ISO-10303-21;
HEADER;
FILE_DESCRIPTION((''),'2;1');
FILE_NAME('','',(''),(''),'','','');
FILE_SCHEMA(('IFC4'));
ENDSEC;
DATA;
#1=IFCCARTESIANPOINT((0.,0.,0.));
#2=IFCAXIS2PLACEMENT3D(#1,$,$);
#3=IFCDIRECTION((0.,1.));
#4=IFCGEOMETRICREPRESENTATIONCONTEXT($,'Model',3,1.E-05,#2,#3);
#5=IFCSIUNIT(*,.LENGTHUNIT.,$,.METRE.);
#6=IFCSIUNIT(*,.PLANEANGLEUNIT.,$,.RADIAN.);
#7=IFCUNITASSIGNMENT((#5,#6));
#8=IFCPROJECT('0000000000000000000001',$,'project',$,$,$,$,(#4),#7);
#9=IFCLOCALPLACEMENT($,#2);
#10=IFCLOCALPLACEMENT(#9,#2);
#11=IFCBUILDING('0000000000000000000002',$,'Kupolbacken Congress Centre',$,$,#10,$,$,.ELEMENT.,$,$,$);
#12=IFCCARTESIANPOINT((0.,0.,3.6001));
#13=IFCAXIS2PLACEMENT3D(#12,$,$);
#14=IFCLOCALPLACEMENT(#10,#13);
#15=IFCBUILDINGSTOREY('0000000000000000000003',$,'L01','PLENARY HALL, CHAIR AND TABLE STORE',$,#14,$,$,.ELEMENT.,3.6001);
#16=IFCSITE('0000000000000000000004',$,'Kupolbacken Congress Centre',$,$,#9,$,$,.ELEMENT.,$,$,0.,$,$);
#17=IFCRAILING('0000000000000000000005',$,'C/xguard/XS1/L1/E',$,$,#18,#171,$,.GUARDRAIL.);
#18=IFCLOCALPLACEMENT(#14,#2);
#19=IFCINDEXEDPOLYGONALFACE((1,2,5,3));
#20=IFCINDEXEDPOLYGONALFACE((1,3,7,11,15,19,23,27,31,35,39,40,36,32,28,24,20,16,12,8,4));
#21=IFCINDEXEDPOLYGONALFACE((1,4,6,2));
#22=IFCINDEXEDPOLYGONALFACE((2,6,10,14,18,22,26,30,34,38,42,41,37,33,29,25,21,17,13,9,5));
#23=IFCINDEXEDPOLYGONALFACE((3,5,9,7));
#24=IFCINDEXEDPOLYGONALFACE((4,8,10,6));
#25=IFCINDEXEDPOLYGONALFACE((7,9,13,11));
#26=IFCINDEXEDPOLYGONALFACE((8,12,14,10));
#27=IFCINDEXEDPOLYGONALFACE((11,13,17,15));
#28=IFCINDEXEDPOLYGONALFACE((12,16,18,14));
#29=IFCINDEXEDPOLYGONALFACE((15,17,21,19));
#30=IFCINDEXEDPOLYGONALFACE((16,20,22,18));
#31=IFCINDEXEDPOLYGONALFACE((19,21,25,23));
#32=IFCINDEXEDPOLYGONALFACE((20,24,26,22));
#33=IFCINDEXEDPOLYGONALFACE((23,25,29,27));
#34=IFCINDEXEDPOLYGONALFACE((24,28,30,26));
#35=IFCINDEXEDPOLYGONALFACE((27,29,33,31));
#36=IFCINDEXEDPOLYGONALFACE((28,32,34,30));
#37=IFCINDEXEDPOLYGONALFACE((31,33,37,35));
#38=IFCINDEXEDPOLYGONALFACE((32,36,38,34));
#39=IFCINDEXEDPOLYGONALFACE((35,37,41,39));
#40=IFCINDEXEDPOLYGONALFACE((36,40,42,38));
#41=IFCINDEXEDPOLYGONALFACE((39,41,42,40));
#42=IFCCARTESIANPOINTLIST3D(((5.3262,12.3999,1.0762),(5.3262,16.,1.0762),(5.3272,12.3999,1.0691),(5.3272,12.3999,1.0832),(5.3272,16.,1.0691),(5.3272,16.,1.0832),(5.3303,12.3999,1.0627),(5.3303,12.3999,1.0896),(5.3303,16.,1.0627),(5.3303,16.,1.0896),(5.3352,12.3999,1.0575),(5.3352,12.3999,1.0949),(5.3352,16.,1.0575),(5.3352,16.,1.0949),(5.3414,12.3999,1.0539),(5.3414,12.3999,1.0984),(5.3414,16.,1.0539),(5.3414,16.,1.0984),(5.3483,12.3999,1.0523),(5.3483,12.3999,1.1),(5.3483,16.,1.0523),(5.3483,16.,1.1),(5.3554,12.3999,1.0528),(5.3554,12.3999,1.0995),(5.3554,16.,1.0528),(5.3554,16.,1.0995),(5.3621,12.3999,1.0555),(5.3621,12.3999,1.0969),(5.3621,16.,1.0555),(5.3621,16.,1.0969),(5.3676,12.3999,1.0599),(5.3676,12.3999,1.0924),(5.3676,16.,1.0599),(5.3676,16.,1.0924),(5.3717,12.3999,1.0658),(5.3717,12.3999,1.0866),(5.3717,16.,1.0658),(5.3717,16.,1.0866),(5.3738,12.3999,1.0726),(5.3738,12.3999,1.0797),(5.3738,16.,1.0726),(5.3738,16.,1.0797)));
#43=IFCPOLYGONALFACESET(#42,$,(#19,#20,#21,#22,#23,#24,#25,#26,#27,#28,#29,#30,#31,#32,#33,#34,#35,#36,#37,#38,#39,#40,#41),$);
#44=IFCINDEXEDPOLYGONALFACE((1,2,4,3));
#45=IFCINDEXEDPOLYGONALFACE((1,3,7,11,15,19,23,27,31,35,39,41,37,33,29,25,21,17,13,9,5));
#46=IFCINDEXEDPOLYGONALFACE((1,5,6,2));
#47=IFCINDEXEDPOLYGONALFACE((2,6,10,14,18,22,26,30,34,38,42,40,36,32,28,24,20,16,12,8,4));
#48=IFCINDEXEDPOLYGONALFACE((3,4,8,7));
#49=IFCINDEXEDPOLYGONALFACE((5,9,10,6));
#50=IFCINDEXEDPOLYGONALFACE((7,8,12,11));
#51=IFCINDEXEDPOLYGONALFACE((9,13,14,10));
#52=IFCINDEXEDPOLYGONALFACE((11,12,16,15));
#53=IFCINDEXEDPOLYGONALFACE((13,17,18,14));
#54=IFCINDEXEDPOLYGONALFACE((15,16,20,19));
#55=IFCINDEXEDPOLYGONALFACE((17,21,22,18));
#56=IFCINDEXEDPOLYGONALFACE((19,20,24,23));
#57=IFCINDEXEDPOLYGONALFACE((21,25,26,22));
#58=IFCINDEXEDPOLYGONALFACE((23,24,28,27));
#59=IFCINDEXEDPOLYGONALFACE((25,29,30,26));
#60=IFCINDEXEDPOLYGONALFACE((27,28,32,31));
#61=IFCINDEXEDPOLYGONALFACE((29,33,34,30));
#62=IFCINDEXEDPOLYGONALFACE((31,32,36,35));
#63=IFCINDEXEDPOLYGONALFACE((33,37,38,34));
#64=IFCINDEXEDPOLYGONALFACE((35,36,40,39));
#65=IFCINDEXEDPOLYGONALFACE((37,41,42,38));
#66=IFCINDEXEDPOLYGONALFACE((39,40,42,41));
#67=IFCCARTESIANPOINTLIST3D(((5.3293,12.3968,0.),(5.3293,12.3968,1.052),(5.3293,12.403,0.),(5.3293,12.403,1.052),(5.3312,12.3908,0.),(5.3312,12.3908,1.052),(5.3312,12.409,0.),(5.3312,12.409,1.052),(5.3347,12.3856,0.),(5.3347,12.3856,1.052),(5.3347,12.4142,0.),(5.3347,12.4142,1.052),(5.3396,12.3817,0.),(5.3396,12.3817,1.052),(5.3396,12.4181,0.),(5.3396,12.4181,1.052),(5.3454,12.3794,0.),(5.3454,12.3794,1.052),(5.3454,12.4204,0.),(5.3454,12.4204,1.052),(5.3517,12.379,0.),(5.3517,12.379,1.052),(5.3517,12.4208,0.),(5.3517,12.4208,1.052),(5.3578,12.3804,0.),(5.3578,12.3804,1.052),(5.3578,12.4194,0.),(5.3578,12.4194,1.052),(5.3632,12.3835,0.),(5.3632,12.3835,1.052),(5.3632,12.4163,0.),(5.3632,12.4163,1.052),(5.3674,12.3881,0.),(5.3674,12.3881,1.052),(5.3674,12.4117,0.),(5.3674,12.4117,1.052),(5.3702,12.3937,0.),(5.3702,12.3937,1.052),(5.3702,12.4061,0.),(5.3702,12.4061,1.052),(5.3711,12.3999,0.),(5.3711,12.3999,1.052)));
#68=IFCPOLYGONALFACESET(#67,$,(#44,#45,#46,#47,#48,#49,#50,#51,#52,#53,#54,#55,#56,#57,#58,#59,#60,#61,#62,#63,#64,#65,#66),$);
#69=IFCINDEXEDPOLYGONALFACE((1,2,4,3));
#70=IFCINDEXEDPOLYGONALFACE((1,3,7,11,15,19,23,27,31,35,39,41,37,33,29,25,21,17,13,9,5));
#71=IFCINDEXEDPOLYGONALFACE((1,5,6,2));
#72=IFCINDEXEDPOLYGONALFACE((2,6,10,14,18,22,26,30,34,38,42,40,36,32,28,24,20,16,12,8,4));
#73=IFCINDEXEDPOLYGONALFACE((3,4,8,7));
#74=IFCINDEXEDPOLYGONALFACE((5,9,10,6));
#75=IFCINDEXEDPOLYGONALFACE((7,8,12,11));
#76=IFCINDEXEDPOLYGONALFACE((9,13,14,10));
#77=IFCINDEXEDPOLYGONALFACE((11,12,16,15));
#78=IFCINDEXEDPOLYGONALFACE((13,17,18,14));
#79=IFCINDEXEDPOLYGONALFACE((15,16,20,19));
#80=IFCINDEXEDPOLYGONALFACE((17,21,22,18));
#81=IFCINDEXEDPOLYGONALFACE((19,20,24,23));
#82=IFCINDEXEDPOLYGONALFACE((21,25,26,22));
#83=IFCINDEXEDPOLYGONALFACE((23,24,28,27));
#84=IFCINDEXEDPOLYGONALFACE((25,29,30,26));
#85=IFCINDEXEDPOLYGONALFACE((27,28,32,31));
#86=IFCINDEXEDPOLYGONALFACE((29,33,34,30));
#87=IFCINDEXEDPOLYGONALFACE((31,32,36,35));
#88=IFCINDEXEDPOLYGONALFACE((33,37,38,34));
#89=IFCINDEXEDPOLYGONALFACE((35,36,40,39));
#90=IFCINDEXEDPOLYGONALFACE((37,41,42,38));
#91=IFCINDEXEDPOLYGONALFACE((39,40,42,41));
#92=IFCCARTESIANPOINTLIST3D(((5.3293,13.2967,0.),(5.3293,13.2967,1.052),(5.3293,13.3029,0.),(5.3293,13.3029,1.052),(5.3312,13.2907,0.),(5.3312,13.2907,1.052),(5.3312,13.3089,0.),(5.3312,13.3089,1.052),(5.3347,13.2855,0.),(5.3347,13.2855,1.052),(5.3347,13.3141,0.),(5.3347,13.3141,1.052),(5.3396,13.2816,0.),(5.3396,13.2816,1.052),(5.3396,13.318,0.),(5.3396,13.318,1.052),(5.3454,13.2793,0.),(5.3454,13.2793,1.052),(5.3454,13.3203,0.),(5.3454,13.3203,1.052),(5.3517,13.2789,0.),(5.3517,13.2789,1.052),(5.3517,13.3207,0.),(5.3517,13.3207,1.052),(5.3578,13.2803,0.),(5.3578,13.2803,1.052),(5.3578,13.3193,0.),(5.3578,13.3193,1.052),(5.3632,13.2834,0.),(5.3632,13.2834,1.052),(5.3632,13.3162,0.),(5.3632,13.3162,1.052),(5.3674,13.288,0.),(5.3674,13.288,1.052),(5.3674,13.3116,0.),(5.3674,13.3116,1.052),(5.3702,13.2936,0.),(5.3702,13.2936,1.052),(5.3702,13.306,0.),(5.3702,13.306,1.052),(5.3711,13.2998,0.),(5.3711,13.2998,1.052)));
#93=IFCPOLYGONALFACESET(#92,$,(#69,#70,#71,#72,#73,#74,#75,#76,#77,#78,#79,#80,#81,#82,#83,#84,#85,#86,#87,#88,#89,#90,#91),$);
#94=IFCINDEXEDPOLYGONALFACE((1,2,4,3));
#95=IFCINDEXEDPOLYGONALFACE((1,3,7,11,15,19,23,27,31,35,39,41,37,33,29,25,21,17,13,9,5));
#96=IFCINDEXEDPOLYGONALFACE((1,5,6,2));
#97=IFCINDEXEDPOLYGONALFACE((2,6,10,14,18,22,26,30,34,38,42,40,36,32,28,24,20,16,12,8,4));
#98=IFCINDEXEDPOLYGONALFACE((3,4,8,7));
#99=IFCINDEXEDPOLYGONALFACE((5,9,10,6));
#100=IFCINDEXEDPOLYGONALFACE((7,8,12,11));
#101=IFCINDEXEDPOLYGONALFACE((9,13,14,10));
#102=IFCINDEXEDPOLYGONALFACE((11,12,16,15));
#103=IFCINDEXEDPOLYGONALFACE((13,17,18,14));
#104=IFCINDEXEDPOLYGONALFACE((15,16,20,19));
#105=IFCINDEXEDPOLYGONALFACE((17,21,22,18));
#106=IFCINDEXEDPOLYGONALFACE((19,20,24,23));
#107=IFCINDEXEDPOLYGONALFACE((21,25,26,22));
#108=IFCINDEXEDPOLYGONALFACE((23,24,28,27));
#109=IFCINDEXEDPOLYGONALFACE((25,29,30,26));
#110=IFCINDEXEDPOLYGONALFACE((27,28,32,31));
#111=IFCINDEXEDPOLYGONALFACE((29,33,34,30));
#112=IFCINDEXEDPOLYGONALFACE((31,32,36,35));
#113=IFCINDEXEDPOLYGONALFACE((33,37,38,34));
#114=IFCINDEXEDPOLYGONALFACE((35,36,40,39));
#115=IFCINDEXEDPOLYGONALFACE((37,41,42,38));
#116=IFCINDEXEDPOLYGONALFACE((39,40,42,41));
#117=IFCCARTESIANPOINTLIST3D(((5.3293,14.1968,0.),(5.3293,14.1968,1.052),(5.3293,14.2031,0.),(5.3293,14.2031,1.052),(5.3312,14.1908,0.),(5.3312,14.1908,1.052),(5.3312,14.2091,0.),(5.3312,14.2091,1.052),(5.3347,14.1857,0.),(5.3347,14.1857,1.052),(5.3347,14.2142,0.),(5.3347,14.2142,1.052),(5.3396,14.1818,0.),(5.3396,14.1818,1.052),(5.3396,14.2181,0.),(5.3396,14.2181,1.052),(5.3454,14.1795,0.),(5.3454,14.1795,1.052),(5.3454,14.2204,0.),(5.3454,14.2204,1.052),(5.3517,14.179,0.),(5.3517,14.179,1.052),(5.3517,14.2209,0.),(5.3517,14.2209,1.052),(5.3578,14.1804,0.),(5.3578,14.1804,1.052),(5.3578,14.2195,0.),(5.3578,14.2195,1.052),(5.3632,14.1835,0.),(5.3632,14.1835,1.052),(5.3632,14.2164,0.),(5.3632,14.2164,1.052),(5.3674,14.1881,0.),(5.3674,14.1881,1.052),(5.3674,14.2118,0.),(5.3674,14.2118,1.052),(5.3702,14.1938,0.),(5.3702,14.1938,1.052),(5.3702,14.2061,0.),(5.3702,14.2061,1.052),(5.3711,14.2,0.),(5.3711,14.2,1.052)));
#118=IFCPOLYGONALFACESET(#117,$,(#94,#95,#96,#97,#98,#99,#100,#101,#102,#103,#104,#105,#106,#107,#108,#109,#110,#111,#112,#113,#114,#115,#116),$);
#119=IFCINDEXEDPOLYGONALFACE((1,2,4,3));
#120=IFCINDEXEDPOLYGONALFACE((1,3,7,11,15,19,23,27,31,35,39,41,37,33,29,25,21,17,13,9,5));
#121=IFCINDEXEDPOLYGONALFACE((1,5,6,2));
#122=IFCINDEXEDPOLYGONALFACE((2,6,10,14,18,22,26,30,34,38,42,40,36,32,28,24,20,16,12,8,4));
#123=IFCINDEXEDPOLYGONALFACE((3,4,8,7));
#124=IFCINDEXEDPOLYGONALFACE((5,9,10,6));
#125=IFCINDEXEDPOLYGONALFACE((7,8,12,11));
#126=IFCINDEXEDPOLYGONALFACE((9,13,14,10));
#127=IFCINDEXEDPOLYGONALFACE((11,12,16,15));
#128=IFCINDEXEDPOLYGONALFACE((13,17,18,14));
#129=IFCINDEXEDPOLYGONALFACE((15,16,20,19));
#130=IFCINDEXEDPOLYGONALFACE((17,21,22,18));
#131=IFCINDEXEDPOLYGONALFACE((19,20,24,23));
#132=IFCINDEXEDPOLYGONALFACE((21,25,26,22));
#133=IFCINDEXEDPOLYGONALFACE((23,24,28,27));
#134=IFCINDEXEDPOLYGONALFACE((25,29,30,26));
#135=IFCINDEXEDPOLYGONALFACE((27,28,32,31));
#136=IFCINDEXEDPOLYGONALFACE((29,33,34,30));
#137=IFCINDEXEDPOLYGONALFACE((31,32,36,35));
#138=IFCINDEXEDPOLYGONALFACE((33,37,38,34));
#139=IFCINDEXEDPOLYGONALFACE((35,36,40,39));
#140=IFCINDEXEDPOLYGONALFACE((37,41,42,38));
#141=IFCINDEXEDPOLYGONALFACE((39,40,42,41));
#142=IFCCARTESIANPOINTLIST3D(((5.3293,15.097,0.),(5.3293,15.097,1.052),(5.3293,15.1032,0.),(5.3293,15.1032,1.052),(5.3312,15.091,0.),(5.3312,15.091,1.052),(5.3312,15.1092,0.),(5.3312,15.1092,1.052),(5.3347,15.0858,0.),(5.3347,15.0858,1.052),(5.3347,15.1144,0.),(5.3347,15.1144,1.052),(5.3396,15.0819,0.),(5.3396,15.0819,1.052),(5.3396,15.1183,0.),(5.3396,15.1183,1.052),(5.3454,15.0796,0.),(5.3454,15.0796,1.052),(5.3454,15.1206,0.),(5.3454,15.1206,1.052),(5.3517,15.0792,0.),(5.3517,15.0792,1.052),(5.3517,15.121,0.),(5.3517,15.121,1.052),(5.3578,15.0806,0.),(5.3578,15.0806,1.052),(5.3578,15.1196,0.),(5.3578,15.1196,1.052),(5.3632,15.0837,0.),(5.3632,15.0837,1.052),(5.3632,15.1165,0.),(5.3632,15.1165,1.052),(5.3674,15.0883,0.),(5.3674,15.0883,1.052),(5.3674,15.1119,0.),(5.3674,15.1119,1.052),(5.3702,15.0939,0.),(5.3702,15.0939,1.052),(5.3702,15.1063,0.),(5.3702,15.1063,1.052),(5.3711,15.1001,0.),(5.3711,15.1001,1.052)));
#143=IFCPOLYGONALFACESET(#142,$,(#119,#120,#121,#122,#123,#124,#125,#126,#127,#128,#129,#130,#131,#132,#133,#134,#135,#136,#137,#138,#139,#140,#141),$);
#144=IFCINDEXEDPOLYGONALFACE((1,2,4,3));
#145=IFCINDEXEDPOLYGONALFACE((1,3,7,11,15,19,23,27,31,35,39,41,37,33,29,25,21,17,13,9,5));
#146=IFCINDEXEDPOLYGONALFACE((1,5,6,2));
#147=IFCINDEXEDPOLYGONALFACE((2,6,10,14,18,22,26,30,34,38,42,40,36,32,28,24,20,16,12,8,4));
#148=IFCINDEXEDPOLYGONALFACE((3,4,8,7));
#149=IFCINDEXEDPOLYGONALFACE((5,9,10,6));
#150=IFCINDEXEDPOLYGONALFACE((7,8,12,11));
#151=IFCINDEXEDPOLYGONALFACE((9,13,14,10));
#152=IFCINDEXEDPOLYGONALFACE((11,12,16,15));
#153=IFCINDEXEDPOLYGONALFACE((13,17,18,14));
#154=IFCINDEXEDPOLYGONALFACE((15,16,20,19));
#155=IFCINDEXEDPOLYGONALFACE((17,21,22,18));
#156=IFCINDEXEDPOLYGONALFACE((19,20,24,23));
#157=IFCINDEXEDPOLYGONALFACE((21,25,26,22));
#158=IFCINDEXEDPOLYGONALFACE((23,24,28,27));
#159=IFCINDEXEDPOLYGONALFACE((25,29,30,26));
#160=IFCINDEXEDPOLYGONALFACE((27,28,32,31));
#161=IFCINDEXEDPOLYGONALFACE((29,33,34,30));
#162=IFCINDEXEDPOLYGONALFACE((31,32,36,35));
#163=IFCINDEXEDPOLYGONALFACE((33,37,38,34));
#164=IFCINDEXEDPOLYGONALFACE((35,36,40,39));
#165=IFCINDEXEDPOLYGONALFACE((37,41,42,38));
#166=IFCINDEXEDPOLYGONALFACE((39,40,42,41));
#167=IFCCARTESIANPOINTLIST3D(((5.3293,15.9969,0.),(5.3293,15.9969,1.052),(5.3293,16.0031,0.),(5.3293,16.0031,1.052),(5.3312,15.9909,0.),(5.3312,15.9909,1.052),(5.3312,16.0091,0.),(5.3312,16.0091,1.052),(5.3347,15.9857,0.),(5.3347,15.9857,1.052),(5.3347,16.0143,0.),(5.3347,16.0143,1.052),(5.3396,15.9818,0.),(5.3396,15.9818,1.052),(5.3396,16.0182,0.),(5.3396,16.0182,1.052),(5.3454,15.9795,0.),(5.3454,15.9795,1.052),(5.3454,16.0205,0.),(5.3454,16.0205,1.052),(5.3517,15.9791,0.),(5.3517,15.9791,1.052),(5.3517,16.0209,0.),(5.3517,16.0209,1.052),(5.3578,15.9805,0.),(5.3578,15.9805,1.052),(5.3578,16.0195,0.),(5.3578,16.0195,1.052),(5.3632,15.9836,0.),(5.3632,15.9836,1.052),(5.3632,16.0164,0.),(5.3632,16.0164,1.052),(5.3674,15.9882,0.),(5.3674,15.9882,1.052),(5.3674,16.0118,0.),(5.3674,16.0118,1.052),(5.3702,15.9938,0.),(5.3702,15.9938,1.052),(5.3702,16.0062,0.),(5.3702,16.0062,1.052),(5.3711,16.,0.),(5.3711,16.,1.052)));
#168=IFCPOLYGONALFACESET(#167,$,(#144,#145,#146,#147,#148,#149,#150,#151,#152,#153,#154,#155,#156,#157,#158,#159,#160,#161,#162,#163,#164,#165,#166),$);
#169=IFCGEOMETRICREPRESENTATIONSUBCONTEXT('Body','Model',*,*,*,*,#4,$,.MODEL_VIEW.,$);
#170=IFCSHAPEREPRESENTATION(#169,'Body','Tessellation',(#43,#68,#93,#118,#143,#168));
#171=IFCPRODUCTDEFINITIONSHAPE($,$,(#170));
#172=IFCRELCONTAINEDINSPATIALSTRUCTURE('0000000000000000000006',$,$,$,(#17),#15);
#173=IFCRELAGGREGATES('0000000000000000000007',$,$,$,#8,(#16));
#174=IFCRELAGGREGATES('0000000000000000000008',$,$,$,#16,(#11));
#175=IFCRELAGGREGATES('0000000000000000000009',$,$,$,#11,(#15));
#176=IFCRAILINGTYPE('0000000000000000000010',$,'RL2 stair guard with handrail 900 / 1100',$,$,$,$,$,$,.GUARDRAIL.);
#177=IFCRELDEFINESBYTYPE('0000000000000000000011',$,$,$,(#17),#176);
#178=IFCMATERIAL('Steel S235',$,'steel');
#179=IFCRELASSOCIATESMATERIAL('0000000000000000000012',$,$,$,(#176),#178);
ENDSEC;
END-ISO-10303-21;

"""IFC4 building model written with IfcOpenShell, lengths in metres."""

from ifc_helpers import new_model, si_unit, direction, frame, origin, origin_2d, place, context, subcontext, project, spatial, circle, extrude, material, type_object, element, save


model = new_model("IFC4")

# Units and contexts
model_context = context("Model", 3, precision=1e-05, world=origin(), true_north=direction((0.0, 1.0)))
body_context = subcontext(model_context, "Body", "Model", "MODEL_VIEW")
ifc_project = project(units=[si_unit("LENGTHUNIT", "METRE"), si_unit("PLANEANGLEUNIT", "RADIAN")], contexts=[model_context])

# Site, building, storey
site_placement = place(None, origin())
site = spatial("IfcSite", under=ifc_project, at=site_placement, Name="Kupolbacken Congress Centre", CompositionType="ELEMENT", RefElevation=0.0)
building_placement = place(site_placement, origin())
building = spatial("IfcBuilding", under=site, at=building_placement, Name="Kupolbacken Congress Centre", CompositionType="ELEMENT")
storey_placement = place(building_placement, frame((0.0, 0.0, 3.6001)))
storey = spatial("IfcBuildingStorey", under=building, at=storey_placement, Name="L01", Description="PLENARY HALL, CHAIR AND TABLE STORE", CompositionType="ELEMENT", Elevation=3.6001)

# Railing
ifc_material_1 = material(Name="Steel S235", Category="steel")
railing_type = type_object("IfcRailingType", Name="RL2 stair guard with handrail 900 / 1100", PredefinedType="GUARDRAIL", material=ifc_material_1)
for number, where, name in (
    (1, (5.3501, 12.3999, 0.0), "C/xguard/XS1/L1/E"),
):
    element("IfcRailing", number, at=place(storey_placement, frame(where)), inside=storey, type_object=railing_type, Name=name, PredefinedType="GUARDRAIL", context=body_context, shape_type="SweptSolid", body=[
        extrude(circle(Radius=0.0239, at=origin_2d()), frame((0.0, 0.0, 1.0762), z_axis=(0.0, 1.0, 0.0), x_axis=(-1.0, 0.0, 0.0)), (0.0, 0.0, 1.0), 3.6001),
        extrude(circle(Radius=0.021, at=origin_2d()), origin(), (0.0, 0.0, 1.0), 1.052),
        extrude(circle(Radius=0.021, at=origin_2d()), frame((0.0, 0.8999, 0.0)), (0.0, 0.0, 1.0), 1.052),
        extrude(circle(Radius=0.021, at=origin_2d()), frame((0.0, 1.8, 0.0)), (0.0, 0.0, 1.0), 1.052),
        extrude(circle(Radius=0.021, at=origin_2d()), frame((0.0, 2.7002, 0.0)), (0.0, 0.0, 1.0), 1.052),
        extrude(circle(Radius=0.021, at=origin_2d()), frame((0.0, 3.6001, 0.0)), (0.0, 0.0, 1.0), 1.052),
    ])

save(model, "model.ifc")
